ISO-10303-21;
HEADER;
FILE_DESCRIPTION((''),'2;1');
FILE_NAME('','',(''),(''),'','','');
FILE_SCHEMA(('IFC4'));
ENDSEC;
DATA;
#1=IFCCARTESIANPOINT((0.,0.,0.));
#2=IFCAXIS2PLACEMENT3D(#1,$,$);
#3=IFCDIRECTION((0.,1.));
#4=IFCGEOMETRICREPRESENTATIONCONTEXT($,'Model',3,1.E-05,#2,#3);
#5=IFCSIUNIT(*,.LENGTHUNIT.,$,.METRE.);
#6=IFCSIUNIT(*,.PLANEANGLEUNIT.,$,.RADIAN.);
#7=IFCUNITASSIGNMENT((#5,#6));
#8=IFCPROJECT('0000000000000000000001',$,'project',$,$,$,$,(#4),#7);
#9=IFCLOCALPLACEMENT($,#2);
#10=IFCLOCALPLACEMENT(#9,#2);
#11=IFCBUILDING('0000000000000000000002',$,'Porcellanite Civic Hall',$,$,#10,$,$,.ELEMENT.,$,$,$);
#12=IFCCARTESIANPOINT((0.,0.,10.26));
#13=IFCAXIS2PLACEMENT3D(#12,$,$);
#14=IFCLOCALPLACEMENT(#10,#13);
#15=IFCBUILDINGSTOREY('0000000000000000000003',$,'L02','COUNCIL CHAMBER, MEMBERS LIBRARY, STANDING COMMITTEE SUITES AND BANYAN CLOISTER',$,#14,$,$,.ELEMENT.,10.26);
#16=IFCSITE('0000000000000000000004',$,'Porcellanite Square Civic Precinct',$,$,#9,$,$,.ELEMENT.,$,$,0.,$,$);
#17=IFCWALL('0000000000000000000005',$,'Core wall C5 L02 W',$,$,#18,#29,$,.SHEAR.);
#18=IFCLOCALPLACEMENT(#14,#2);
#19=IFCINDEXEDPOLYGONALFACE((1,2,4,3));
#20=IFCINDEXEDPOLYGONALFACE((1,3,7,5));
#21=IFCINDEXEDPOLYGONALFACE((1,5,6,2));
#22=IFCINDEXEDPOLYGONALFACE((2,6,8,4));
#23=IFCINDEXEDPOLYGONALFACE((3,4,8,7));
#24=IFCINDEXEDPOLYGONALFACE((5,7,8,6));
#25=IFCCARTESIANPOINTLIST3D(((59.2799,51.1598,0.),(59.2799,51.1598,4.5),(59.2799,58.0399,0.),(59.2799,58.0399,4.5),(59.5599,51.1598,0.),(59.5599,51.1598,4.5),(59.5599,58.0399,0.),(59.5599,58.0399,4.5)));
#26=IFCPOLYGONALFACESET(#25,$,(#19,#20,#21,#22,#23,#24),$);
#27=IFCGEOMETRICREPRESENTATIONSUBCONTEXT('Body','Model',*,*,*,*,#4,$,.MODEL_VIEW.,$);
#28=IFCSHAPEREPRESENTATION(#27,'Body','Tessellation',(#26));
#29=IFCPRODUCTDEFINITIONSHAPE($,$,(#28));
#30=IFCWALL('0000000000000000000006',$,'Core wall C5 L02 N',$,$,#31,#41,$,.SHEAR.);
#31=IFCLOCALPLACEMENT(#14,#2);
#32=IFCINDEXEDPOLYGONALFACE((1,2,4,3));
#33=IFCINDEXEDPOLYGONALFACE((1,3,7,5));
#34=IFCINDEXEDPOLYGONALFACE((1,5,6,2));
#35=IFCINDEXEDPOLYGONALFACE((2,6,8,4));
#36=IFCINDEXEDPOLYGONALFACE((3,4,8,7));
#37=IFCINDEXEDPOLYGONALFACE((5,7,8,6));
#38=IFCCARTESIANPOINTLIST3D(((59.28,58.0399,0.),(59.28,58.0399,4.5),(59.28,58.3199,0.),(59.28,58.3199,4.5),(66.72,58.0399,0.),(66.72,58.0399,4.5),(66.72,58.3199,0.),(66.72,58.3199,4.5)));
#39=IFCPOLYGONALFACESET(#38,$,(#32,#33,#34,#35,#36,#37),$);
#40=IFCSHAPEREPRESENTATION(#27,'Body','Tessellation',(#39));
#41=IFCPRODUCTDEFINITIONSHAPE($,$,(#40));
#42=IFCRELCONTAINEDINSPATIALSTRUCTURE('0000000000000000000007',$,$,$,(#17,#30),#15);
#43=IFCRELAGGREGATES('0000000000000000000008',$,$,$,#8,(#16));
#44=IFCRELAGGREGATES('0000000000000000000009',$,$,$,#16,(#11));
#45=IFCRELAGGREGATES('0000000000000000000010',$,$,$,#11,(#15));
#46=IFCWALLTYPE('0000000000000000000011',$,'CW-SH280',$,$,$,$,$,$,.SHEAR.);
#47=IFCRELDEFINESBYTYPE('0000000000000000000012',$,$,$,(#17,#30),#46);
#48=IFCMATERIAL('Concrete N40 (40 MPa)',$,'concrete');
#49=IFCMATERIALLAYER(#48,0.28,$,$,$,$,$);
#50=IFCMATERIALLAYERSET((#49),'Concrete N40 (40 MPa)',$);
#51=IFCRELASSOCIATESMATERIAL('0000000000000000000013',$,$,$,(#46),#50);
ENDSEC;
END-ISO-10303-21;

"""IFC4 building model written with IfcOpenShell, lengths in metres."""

from ifc_helpers import new_model, si_unit, direction, frame, frame_2d, origin, place, context, subcontext, project, spatial, rectangle, extrude, material, layer, layer_set, type_object, element, save


model = new_model("IFC4")

# Units and contexts
model_context = context("Model", 3, precision=1e-05, world=origin(), true_north=direction((0.0, 1.0)))
body_context = subcontext(model_context, "Body", "Model", "MODEL_VIEW")
ifc_project = project(units=[si_unit("LENGTHUNIT", "METRE"), si_unit("PLANEANGLEUNIT", "RADIAN")], contexts=[model_context])

# Site, building, storey
site_placement = place(None, origin())
site = spatial("IfcSite", under=ifc_project, at=site_placement, Name="Porcellanite Square Civic Precinct", CompositionType="ELEMENT", RefElevation=0.0)
building_placement = place(site_placement, origin())
building = spatial("IfcBuilding", under=site, at=building_placement, Name="Porcellanite Civic Hall", CompositionType="ELEMENT")
storey_placement = place(building_placement, frame((0.0, 0.0, 10.26)))
storey = spatial("IfcBuildingStorey", under=building, at=storey_placement, Name="L02", Description="COUNCIL CHAMBER, MEMBERS LIBRARY, STANDING COMMITTEE SUITES AND BANYAN CLOISTER", CompositionType="ELEMENT", Elevation=10.26)

# Walls
ifc_material_1 = material(Name="Concrete N40 (40 MPa)", Category="concrete")
ifc_layer_1 = layer(ifc_material_1, 0.28)
ifc_layer_set_1 = layer_set([ifc_layer_1], Name="Concrete N40 (40 MPa)")
wall_type_1 = type_object("IfcWallType", Name="CW-SH280", PredefinedType="SHEAR", material=ifc_layer_set_1)
wall_1_placement = place(storey_placement, frame((59.4199, 51.1599, 0.0), z_axis=(0.0, 0.0, 1.0), x_axis=(0.0, 1.0, 0.0)))
element("IfcWall", 1, at=wall_1_placement, inside=storey, type_object=wall_type_1, Name="Core wall C5 L02 W", PredefinedType="SHEAR", context=body_context, shape_type="SweptSolid", body=[
    extrude(rectangle(XDim=6.8801, YDim=0.28, at=frame_2d((3.4399, 0.0))), origin(), (0.0, 0.0, 1.0), 4.5),
])
wall_2_placement = place(storey_placement, frame((59.28, 58.1799, 0.0), z_axis=(0.0, 0.0, 1.0), x_axis=(1.0, 0.0, 0.0)))
element("IfcWall", 2, at=wall_2_placement, inside=storey, type_object=wall_type_1, Name="Core wall C5 L02 N", PredefinedType="SHEAR", context=body_context, shape_type="SweptSolid", body=[
    extrude(rectangle(XDim=7.4399, YDim=0.28, at=frame_2d((3.72, 0.0))), origin(), (0.0, 0.0, 1.0), 4.5),
])

save(model, "model.ifc")
